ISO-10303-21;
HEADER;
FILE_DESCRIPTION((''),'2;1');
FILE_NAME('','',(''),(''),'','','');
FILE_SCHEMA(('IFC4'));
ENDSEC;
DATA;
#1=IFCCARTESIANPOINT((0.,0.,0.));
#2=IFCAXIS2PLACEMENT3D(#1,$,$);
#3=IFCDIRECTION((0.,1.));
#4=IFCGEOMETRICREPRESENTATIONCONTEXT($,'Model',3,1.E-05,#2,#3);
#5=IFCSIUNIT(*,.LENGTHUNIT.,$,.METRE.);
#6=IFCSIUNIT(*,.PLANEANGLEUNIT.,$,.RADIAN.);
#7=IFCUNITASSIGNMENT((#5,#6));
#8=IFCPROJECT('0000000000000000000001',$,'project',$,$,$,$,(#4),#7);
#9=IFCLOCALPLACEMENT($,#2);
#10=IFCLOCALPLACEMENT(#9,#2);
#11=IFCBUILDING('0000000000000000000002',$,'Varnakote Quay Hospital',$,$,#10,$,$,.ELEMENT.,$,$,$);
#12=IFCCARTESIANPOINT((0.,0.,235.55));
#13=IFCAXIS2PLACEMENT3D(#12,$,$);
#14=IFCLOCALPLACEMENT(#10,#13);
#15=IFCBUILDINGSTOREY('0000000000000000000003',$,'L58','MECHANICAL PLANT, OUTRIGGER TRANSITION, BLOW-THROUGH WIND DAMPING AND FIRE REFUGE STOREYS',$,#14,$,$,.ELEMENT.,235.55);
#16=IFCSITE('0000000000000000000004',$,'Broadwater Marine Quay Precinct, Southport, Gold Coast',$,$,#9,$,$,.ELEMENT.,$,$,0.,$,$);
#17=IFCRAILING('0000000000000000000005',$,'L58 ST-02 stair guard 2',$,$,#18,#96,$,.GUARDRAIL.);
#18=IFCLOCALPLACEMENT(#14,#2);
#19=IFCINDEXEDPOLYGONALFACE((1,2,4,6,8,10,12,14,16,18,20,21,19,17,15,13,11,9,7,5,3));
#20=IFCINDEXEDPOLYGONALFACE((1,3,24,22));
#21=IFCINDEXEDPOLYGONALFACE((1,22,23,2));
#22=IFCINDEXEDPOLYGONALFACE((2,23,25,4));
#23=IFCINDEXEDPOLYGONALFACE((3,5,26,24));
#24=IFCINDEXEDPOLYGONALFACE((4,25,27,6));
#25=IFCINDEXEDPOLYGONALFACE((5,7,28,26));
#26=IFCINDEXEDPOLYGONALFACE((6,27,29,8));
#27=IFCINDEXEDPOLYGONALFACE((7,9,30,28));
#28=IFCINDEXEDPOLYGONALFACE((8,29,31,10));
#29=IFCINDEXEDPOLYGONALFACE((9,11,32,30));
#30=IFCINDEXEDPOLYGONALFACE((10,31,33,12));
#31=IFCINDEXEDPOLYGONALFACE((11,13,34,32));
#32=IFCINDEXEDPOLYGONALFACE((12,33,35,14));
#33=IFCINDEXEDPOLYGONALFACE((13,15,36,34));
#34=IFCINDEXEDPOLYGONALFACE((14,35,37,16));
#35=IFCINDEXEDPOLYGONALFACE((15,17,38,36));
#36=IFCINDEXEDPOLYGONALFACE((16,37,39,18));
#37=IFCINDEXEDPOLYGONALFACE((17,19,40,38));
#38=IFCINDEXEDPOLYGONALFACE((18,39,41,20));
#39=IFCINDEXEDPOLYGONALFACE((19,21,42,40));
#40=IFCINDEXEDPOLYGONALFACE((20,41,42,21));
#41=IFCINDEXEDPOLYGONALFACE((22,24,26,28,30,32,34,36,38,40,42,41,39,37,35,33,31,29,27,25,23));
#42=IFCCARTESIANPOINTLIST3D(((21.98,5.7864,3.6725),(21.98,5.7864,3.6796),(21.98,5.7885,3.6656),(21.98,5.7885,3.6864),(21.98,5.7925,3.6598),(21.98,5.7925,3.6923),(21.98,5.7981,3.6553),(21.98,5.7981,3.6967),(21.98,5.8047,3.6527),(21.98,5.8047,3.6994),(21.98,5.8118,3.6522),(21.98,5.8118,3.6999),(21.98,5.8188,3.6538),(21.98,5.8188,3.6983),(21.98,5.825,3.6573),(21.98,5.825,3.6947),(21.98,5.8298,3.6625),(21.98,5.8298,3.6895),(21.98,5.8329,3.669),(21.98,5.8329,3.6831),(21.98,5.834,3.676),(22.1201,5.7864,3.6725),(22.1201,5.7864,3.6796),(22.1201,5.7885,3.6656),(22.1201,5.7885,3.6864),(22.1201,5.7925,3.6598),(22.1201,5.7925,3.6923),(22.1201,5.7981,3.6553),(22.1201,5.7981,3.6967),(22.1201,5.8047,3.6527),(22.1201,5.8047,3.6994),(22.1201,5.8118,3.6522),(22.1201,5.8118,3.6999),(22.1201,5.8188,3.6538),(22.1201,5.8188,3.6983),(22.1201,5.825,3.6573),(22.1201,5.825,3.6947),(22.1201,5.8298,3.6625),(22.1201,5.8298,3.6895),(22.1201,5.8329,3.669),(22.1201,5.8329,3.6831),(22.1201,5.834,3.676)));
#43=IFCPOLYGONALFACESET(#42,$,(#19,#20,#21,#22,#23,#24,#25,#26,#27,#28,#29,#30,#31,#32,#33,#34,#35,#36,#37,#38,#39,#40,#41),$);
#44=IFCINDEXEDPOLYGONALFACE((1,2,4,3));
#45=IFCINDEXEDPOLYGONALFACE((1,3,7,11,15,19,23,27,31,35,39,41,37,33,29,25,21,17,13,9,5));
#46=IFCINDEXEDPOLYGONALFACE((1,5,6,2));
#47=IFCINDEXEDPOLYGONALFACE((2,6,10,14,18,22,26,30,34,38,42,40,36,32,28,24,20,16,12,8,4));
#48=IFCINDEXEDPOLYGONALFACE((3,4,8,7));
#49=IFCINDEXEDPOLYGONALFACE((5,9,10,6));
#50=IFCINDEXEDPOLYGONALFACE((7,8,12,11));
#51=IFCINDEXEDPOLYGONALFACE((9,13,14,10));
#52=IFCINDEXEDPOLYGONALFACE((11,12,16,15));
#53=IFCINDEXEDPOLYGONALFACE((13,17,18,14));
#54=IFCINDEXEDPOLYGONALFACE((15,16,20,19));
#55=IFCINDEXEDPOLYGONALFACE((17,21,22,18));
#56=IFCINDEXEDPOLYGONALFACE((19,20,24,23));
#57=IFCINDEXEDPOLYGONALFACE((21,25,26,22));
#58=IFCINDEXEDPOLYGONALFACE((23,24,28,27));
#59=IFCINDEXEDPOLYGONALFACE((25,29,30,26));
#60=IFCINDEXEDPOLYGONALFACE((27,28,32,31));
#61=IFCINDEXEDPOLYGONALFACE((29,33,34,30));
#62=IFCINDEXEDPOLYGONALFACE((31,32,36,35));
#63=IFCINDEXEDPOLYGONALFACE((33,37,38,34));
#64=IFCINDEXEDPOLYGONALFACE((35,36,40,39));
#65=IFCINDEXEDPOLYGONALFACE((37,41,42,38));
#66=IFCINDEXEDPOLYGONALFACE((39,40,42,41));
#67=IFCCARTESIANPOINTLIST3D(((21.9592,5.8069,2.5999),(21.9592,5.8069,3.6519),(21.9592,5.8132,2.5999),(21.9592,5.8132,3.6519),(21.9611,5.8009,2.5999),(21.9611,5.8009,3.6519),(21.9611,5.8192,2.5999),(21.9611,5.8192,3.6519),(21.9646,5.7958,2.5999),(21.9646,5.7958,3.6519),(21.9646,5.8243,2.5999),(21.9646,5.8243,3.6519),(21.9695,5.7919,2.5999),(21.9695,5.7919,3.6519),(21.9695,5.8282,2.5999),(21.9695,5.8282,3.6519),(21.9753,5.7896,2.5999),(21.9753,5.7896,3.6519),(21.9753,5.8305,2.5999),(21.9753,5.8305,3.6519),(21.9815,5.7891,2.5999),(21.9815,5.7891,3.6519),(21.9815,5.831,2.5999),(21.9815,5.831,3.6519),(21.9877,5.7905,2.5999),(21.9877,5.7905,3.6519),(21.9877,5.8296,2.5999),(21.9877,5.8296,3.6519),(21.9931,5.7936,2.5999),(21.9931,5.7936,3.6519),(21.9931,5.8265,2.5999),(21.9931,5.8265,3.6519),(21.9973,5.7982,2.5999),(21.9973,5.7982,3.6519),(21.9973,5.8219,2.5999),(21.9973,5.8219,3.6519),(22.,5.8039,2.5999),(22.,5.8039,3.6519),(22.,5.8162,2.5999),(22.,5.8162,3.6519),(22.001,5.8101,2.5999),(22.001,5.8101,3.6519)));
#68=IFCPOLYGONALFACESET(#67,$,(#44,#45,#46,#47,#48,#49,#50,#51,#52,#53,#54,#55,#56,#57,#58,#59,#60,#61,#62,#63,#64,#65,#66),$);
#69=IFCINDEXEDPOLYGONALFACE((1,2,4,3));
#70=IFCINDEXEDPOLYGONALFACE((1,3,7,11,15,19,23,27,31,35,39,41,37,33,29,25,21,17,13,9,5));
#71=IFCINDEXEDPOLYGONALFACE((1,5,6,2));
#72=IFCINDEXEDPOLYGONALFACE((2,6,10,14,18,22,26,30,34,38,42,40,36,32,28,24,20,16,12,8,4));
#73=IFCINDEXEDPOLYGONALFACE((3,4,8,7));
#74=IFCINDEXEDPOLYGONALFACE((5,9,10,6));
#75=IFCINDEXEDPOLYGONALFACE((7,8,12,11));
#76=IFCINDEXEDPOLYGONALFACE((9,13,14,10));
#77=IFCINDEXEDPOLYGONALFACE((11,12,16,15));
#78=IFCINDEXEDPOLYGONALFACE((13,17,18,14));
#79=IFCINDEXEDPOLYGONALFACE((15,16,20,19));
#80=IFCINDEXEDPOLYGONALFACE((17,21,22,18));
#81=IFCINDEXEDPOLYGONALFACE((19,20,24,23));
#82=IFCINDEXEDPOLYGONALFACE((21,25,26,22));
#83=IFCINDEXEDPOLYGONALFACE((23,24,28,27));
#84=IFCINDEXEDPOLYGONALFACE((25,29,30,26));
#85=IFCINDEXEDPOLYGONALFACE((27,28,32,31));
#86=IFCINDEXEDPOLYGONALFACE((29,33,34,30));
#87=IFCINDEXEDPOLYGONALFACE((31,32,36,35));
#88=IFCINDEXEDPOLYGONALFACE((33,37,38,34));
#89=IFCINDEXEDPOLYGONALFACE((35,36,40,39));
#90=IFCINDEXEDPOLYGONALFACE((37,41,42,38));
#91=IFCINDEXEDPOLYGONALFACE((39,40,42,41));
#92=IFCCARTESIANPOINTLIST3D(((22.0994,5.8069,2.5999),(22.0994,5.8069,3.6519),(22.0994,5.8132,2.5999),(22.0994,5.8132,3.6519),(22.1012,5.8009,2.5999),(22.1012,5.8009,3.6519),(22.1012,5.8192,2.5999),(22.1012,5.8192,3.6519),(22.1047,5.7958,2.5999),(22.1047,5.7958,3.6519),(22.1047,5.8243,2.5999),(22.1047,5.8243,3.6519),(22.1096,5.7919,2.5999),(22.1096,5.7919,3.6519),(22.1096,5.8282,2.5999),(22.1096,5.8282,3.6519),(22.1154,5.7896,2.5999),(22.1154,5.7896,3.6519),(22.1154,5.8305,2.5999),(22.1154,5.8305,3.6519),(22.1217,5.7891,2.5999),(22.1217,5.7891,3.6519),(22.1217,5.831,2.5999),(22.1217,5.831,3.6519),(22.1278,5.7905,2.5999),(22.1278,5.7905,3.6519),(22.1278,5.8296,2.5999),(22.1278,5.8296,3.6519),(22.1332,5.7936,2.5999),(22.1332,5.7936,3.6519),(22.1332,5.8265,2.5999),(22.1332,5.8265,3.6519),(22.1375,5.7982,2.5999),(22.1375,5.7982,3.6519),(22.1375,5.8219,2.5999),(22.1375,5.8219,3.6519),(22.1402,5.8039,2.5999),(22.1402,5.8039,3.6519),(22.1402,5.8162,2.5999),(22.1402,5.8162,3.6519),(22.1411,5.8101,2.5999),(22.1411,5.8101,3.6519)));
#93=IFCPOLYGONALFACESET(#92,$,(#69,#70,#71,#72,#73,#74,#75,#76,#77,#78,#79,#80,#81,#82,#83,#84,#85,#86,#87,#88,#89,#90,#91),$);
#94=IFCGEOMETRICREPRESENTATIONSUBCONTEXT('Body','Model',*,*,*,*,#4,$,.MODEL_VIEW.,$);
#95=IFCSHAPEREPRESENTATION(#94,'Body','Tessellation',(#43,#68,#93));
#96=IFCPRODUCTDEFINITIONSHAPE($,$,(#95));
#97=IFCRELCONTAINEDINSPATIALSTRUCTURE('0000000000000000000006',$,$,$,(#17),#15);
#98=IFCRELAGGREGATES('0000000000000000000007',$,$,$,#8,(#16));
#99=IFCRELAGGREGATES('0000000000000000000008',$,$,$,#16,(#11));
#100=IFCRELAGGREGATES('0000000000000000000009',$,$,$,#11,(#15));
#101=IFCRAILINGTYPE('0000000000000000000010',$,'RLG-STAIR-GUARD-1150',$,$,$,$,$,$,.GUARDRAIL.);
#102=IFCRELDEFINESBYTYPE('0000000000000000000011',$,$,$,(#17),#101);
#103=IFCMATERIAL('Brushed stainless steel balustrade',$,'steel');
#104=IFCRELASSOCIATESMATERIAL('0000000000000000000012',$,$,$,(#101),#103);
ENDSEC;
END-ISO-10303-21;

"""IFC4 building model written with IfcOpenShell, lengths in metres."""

from ifc_helpers import new_model, si_unit, direction, frame, origin, origin_2d, place, context, subcontext, project, spatial, circle, extrude, material, type_object, element, save


model = new_model("IFC4")

# Units and contexts
model_context = context("Model", 3, precision=1e-05, world=origin(), true_north=direction((0.0, 1.0)))
body_context = subcontext(model_context, "Body", "Model", "MODEL_VIEW")
ifc_project = project(units=[si_unit("LENGTHUNIT", "METRE"), si_unit("PLANEANGLEUNIT", "RADIAN")], contexts=[model_context])

# Site, building, storey
site_placement = place(None, origin())
site = spatial("IfcSite", under=ifc_project, at=site_placement, Name="Broadwater Marine Quay Precinct, Southport, Gold Coast", CompositionType="ELEMENT", RefElevation=0.0)
building_placement = place(site_placement, origin())
building = spatial("IfcBuilding", under=site, at=building_placement, Name="Varnakote Quay Hospital", CompositionType="ELEMENT")
storey_placement = place(building_placement, frame((0.0, 0.0, 235.55)))
storey = spatial("IfcBuildingStorey", under=building, at=storey_placement, Name="L58", Description="MECHANICAL PLANT, OUTRIGGER TRANSITION, BLOW-THROUGH WIND DAMPING AND FIRE REFUGE STOREYS", CompositionType="ELEMENT", Elevation=235.55)

# Railing
ifc_material_1 = material(Name="Brushed stainless steel balustrade", Category="steel")
railing_type_1 = type_object("IfcRailingType", Name="RLG-STAIR-GUARD-1150", PredefinedType="GUARDRAIL", material=ifc_material_1)
railing_1_placement = place(storey_placement, frame((21.98, 5.8101, 2.5999)))
element("IfcRailing", 1, at=railing_1_placement, inside=storey, type_object=railing_type_1, Name="L58 ST-02 stair guard 2", PredefinedType="GUARDRAIL", context=body_context, shape_type="SweptSolid", body=[
    extrude(circle(Radius=0.0239, at=origin_2d()), frame((0.0, 0.0, 1.0762), z_axis=(1.0, 0.0, 0.0), x_axis=(0.0, 1.0, 0.0)), (0.0, 0.0, 1.0), 0.1401),
    extrude(circle(Radius=0.021, at=origin_2d()), origin(), (0.0, 0.0, 1.0), 1.052),
    extrude(circle(Radius=0.021, at=origin_2d()), frame((0.1401, 0.0, 0.0)), (0.0, 0.0, 1.0), 1.052),
])

save(model, "model.ifc")
